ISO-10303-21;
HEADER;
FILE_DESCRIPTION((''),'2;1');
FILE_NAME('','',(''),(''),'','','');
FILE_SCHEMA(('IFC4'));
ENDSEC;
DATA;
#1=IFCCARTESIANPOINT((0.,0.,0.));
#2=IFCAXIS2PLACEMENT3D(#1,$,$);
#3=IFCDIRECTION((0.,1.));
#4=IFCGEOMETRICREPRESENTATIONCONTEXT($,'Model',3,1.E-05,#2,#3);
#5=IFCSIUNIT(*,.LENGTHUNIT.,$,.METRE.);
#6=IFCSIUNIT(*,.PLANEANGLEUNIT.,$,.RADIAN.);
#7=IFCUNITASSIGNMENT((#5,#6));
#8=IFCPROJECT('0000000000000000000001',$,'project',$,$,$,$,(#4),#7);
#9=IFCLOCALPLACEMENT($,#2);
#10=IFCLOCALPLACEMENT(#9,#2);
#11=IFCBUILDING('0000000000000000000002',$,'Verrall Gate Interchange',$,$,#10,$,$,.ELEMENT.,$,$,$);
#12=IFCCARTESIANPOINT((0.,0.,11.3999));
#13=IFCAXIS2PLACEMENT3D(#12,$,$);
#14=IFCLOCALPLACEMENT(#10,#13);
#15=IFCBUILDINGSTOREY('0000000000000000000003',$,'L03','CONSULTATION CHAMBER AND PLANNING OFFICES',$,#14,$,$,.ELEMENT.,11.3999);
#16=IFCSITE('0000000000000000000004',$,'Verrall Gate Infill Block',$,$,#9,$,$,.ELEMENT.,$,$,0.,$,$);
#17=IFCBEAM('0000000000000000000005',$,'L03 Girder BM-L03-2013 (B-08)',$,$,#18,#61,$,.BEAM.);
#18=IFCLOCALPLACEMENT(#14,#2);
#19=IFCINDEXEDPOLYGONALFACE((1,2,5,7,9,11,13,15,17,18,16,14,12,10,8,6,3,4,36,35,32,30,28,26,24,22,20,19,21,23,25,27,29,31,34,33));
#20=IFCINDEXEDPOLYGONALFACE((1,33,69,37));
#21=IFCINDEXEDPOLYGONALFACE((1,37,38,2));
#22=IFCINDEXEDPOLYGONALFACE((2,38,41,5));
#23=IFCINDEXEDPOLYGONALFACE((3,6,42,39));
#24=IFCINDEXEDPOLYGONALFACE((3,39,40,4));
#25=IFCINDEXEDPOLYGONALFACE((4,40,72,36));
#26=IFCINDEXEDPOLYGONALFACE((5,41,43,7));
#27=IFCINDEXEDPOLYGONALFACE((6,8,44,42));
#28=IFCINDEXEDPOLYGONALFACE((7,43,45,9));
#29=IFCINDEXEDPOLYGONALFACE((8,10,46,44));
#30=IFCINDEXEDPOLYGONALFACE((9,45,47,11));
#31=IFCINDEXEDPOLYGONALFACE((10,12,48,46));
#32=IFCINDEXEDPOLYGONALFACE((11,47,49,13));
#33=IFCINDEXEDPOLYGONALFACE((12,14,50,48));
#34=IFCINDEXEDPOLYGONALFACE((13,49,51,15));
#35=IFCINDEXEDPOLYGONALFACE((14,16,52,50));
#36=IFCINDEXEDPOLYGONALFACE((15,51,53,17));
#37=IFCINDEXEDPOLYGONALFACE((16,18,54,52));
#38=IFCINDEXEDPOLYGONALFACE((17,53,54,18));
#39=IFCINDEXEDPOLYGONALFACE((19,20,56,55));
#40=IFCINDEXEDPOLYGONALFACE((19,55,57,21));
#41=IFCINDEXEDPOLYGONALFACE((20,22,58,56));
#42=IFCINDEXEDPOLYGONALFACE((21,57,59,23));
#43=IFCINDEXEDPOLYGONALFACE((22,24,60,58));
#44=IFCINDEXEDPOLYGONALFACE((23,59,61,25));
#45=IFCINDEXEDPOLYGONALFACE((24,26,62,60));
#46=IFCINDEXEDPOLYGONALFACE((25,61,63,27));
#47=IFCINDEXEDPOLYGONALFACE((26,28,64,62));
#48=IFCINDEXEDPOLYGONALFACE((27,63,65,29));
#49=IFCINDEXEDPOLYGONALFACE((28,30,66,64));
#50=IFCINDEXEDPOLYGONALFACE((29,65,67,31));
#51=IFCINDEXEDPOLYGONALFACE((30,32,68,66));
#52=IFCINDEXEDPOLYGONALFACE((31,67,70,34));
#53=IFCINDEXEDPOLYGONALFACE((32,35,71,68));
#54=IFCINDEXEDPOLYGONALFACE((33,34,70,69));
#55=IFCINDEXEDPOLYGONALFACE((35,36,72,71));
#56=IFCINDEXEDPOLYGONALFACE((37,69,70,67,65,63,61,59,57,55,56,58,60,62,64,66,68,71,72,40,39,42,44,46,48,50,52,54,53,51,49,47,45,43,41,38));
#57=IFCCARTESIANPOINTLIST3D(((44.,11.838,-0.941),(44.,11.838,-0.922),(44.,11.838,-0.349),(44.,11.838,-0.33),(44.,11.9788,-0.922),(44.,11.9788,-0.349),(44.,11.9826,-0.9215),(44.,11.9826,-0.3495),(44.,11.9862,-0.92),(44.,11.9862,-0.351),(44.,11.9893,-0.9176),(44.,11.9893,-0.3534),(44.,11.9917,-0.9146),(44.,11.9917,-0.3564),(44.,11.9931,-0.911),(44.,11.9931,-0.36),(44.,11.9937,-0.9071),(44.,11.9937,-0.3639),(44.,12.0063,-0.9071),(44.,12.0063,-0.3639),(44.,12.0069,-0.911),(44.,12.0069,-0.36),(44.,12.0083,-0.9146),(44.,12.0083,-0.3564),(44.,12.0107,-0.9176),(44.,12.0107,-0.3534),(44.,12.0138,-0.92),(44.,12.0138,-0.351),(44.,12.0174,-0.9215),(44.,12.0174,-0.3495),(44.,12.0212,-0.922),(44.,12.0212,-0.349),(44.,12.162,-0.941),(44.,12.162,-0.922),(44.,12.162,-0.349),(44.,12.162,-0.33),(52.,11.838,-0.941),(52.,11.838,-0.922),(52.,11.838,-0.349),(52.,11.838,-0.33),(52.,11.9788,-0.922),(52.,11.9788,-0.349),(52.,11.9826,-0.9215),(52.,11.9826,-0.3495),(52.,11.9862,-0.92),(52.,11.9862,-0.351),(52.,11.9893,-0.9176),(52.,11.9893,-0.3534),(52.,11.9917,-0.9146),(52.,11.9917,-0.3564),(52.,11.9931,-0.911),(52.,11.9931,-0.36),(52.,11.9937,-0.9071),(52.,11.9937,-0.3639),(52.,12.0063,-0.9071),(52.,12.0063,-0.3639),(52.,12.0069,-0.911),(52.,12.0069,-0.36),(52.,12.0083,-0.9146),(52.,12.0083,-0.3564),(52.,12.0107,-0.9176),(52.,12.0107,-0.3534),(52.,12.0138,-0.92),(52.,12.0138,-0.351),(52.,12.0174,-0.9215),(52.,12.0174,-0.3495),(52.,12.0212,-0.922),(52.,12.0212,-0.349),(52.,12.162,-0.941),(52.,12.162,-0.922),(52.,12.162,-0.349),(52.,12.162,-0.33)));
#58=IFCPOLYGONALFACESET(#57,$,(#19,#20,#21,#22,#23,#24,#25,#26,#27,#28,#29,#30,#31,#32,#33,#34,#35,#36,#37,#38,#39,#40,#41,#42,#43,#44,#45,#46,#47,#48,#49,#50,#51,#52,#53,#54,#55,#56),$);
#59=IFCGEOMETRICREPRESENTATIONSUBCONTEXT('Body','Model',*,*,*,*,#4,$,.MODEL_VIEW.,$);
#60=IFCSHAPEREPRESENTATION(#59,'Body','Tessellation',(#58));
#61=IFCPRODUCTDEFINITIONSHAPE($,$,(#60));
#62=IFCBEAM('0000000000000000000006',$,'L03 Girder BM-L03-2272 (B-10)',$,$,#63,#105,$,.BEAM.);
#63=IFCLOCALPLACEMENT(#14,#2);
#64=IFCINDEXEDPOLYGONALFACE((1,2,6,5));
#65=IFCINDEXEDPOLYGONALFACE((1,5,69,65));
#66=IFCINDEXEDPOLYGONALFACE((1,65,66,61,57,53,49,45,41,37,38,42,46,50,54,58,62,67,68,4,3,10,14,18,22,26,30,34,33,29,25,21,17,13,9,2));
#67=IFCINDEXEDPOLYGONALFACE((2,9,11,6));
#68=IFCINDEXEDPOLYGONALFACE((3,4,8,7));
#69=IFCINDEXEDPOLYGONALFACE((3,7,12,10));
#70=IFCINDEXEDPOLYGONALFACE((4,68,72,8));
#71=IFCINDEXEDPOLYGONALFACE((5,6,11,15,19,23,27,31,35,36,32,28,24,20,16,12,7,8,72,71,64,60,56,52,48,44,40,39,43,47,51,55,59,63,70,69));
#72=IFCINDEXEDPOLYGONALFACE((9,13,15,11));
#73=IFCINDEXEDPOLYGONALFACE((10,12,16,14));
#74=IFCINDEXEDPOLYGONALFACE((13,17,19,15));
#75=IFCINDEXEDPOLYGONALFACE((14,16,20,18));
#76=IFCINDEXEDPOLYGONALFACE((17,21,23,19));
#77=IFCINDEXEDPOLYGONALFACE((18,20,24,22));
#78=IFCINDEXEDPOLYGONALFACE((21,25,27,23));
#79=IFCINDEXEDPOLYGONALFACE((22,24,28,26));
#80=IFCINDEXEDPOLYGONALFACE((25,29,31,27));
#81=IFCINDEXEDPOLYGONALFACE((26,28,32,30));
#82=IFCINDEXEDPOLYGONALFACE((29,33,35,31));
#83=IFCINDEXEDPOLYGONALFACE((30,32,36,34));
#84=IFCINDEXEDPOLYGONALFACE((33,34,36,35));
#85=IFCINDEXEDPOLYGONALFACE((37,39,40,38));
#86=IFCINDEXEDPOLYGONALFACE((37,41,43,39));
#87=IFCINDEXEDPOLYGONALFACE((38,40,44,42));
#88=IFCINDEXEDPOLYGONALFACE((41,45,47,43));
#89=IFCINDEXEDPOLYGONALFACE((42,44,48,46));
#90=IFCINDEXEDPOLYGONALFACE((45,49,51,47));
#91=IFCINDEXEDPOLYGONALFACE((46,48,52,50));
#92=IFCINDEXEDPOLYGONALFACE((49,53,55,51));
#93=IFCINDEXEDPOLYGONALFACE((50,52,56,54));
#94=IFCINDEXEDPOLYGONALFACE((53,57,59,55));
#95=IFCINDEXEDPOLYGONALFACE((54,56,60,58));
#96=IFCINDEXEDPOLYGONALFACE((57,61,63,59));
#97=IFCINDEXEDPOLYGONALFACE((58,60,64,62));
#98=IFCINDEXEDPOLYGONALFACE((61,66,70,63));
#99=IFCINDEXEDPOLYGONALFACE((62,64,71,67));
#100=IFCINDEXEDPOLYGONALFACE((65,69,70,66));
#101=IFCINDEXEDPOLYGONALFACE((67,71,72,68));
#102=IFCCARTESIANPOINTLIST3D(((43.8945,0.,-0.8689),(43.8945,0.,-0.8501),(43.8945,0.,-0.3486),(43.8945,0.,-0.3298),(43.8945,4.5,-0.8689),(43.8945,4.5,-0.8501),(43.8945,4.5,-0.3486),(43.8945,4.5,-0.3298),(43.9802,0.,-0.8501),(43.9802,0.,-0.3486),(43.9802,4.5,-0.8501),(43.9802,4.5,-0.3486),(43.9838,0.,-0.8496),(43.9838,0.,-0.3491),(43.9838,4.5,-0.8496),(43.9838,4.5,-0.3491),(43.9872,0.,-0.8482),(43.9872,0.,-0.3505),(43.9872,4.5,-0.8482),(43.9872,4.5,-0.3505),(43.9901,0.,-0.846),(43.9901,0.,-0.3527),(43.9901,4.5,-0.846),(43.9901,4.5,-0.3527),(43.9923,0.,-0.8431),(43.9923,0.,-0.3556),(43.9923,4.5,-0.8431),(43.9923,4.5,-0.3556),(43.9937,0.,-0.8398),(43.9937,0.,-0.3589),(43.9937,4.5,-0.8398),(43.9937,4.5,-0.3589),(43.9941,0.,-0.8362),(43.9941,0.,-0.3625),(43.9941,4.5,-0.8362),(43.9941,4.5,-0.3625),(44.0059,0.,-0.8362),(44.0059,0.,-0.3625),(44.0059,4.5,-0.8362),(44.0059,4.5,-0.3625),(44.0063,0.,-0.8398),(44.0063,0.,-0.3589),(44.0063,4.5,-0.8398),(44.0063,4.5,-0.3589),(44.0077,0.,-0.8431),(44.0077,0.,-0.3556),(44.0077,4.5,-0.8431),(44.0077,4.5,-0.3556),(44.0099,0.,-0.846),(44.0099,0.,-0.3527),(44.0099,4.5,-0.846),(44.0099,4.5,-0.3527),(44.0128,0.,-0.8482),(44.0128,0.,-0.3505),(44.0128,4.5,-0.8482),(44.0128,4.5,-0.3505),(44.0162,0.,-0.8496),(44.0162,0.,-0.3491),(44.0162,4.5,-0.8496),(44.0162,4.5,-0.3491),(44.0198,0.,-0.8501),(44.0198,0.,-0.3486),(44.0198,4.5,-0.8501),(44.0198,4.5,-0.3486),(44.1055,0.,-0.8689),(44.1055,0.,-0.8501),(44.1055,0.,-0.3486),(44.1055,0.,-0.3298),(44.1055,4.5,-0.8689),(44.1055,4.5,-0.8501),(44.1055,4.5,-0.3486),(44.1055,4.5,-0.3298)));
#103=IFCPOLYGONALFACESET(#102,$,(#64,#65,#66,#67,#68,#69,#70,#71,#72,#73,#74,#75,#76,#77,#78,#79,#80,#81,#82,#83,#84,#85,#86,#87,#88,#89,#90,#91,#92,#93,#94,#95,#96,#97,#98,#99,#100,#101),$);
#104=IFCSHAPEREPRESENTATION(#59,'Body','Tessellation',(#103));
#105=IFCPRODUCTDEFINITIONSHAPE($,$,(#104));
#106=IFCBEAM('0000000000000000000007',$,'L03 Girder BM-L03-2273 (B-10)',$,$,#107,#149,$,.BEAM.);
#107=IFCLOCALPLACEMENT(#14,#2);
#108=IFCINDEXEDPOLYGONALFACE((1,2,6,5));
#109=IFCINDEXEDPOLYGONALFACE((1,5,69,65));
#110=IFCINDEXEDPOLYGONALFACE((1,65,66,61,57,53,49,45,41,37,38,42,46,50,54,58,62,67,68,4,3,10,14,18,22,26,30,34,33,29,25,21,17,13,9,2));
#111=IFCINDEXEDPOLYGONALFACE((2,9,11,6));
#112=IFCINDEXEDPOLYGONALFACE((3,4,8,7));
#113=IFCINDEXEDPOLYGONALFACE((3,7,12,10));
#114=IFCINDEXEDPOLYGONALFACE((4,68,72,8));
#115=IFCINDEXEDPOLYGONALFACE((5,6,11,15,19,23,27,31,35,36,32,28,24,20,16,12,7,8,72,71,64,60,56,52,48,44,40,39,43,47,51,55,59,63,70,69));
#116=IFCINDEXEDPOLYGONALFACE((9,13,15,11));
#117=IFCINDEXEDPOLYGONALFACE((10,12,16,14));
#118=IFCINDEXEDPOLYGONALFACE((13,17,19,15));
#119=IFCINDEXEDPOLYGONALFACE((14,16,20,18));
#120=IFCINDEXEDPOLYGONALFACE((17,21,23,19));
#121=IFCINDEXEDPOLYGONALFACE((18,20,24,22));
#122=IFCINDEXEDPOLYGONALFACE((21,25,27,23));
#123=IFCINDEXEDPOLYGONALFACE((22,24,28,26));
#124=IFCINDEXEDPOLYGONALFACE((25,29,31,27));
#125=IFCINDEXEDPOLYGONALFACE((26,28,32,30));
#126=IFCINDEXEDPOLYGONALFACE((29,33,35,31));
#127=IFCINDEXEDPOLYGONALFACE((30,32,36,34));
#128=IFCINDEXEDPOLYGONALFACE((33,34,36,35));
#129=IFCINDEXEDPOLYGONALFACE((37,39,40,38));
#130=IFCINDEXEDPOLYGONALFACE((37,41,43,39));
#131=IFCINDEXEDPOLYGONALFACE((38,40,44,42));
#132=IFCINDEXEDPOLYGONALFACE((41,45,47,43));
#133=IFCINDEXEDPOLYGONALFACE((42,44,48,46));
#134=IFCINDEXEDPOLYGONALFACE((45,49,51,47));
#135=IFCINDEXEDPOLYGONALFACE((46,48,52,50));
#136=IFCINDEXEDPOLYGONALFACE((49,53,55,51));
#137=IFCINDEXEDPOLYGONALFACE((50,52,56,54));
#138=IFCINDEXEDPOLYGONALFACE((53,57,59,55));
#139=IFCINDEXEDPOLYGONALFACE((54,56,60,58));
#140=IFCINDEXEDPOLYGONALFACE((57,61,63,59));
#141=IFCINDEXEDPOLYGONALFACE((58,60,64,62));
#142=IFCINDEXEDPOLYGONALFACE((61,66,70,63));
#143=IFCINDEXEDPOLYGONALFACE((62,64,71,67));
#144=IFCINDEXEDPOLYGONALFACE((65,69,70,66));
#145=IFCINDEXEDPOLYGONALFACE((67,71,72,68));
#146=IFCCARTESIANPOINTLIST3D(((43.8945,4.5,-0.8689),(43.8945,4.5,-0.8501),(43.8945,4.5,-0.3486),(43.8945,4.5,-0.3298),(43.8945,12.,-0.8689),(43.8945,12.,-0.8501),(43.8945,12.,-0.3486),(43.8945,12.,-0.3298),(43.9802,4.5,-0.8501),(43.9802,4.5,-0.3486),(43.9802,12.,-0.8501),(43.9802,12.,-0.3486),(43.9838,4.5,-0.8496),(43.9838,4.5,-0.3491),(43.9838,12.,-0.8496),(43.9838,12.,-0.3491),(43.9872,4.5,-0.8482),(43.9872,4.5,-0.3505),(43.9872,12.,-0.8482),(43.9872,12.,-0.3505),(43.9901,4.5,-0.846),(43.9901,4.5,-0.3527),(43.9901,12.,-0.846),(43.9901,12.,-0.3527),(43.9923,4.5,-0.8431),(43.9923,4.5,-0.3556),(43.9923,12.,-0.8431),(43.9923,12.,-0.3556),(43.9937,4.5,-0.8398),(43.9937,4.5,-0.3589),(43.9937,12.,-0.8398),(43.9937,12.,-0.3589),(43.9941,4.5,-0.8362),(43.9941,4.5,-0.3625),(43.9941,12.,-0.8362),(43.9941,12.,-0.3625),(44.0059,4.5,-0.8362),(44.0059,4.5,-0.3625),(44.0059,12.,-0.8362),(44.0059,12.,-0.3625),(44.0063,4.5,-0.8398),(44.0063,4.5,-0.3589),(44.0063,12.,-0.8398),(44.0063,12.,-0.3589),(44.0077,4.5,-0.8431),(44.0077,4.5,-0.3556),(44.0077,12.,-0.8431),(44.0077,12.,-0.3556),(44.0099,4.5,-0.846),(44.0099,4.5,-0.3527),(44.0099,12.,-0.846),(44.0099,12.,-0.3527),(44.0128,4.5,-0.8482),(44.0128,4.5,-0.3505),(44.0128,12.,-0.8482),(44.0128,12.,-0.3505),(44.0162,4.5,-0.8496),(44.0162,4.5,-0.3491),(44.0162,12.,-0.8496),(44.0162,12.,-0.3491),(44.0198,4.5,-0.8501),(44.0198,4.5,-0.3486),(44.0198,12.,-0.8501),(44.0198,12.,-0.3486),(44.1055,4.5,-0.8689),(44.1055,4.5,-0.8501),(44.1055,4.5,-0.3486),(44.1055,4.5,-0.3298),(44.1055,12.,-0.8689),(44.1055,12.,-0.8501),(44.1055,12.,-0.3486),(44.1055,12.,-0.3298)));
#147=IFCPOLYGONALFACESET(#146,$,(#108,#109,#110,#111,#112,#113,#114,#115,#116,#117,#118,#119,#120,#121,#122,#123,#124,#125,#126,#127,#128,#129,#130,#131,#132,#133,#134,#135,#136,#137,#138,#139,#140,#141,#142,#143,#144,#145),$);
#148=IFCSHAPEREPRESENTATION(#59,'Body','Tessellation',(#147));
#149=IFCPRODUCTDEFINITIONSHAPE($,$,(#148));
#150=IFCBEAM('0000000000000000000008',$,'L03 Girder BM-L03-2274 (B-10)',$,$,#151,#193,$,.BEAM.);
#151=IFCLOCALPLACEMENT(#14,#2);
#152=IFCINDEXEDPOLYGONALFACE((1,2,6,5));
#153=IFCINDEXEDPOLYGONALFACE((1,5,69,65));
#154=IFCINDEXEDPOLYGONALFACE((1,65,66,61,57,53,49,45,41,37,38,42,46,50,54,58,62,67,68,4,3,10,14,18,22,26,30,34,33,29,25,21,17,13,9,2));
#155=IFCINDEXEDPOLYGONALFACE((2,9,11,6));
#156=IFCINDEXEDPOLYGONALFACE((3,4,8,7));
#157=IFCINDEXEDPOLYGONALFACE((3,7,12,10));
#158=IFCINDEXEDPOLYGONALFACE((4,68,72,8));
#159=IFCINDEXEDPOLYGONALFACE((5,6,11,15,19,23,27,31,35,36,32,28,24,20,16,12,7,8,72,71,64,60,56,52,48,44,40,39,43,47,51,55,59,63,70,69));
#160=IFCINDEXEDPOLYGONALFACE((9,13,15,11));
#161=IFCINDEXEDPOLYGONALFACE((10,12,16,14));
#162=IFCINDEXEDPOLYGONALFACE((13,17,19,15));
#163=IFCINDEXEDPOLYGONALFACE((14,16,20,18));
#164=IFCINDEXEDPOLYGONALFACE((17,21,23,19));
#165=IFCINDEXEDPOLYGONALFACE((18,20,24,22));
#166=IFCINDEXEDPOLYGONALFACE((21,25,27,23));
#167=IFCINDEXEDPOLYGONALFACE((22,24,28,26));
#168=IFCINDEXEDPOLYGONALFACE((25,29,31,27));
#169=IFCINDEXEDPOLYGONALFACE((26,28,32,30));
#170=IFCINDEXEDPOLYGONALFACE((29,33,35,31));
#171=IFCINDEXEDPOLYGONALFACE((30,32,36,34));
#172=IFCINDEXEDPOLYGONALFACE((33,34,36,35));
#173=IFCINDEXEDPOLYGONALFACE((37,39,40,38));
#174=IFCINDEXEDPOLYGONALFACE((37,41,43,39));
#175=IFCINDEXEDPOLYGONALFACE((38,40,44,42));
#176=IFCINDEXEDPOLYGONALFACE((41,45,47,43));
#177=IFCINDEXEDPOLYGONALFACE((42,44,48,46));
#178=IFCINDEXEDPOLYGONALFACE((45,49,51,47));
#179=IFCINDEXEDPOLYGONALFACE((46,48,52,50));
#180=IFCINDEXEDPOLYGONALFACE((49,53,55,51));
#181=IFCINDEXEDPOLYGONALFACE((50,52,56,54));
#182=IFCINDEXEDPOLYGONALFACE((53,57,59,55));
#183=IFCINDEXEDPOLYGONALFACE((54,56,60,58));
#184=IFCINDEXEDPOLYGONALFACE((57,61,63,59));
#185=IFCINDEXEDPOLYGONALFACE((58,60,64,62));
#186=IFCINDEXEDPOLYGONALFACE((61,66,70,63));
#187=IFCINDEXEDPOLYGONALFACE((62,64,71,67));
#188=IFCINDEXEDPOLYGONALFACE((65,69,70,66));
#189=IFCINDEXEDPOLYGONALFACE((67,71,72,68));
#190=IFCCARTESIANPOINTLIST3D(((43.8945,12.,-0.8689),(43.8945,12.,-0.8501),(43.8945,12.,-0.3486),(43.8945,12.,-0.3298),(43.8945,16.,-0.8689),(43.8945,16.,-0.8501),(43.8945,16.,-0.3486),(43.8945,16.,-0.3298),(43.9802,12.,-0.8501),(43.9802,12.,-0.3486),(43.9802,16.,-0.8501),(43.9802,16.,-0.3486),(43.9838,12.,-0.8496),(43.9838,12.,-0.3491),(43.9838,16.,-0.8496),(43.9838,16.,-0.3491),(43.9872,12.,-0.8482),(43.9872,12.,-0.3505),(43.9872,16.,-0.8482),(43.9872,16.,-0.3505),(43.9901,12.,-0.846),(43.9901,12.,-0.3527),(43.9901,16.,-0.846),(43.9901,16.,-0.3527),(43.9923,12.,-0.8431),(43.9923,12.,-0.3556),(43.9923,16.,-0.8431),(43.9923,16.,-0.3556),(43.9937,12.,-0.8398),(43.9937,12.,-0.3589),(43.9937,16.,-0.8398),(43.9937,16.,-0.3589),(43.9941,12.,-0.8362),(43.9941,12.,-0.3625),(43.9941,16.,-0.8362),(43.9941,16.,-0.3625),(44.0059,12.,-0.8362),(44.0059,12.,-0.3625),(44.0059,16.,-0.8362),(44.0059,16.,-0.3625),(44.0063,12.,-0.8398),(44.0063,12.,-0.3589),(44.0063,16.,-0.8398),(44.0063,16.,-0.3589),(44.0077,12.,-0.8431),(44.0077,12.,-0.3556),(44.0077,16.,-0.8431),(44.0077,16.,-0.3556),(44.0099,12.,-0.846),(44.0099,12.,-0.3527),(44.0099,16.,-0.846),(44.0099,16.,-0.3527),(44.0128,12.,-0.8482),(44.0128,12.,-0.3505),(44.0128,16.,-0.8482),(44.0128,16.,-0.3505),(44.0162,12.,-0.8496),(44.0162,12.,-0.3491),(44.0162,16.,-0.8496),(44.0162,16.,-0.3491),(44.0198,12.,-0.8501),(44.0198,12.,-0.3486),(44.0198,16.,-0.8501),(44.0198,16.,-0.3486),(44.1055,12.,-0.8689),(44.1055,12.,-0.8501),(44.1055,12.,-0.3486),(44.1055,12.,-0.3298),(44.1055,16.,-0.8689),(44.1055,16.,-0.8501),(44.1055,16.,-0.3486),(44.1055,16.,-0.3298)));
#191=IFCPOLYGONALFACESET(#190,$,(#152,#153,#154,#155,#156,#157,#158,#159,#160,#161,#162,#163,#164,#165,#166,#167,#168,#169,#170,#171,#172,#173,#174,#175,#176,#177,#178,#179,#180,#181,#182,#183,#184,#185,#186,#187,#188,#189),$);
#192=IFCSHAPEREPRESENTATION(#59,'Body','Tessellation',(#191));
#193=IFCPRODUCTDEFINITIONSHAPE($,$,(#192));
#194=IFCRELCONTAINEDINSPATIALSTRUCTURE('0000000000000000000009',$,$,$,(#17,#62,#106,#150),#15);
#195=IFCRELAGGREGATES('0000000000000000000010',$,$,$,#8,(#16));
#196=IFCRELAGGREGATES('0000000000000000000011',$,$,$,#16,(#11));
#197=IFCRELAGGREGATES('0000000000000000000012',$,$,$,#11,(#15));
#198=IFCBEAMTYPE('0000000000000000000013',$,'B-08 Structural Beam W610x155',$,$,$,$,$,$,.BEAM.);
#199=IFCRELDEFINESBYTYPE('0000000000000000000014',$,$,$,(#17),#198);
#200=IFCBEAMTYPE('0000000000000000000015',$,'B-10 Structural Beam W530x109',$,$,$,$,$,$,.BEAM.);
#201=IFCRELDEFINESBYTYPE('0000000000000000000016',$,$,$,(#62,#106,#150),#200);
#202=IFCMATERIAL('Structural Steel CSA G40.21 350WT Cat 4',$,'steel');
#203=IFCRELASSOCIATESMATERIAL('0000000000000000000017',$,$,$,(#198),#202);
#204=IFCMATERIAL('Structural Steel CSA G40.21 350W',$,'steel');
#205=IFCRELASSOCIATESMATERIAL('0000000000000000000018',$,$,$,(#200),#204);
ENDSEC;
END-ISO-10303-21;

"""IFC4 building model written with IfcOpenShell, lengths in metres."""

from ifc_helpers import new_model, si_unit, direction, frame, origin, origin_2d, place, context, subcontext, project, spatial, i_section, extrude, material, material_profile, profile_set, type_object, element, save


model = new_model("IFC4")

# Units and contexts
model_context = context("Model", 3, precision=1e-05, world=origin(), true_north=direction((0.0, 1.0)))
body_context = subcontext(model_context, "Body", "Model", "MODEL_VIEW")
ifc_project = project(units=[si_unit("LENGTHUNIT", "METRE"), si_unit("PLANEANGLEUNIT", "RADIAN")], contexts=[model_context])

# Site, building, storey
site_placement = place(None, origin())
site = spatial("IfcSite", under=ifc_project, at=site_placement, Name="Verrall Gate Infill Block", CompositionType="ELEMENT", RefElevation=0.0)
building_placement = place(site_placement, origin())
building = spatial("IfcBuilding", under=site, at=building_placement, Name="Verrall Gate Interchange", CompositionType="ELEMENT")
storey_placement = place(building_placement, frame((0.0, 0.0, 11.3999)))
storey = spatial("IfcBuildingStorey", under=building, at=storey_placement, Name="L03", Description="CONSULTATION CHAMBER AND PLANNING OFFICES", CompositionType="ELEMENT", Elevation=11.3999)

# Beams
ifc_material_1 = material(Name="Structural Steel CSA G40.21 350WT Cat 4", Category="steel")
ifc_material_profile_1 = material_profile(ifc_material_1, i_section(OverallWidth=0.324, OverallDepth=0.6111, WebThickness=0.0127, FlangeThickness=0.019, FilletRadius=0.0149, at=origin_2d()), Name="W610x155")
ifc_profile_set_1 = profile_set([ifc_material_profile_1], Name="Structural Steel CSA G40.21 350WT Cat 4")
beam_type_1 = type_object("IfcBeamType", Name="B-08 Structural Beam W610x155", PredefinedType="BEAM", material=ifc_profile_set_1)
for number, where, z_axis, x_axis, name in (
    (1, (44.0, 12.0, -0.6355), (1.0, 0.0, 0.0), (0.0, 1.0, 0.0), "L03 Girder BM-L03-2013 (B-08)"),
):
    element("IfcBeam", number, at=place(storey_placement, frame(where, z_axis=z_axis, x_axis=x_axis)), inside=storey, type_object=beam_type_1, Name=name, PredefinedType="BEAM", context=body_context, shape_type="SweptSolid", body=[
        extrude(i_section(OverallWidth=0.324, OverallDepth=0.6111, WebThickness=0.0127, FlangeThickness=0.019, FilletRadius=0.0149, at=origin_2d()), origin(), (0.0, 0.0, 1.0), 8.0),
    ])
ifc_material_2 = material(Name="Structural Steel CSA G40.21 350W", Category="steel")
ifc_material_profile_2 = material_profile(ifc_material_2, i_section(OverallWidth=0.2109, OverallDepth=0.5391, WebThickness=0.0117, FlangeThickness=0.0188, FilletRadius=0.0139, at=origin_2d()), Name="W530x109")
ifc_profile_set_2 = profile_set([ifc_material_profile_2], Name="Structural Steel CSA G40.21 350W")
beam_type_2 = type_object("IfcBeamType", Name="B-10 Structural Beam W530x109", PredefinedType="BEAM", material=ifc_profile_set_2)
beam_1_placement = place(storey_placement, frame((44.0, 0.0, -0.5994), z_axis=(0.0, 1.0, 0.0), x_axis=(-1.0, 0.0, 0.0)))
element("IfcBeam", 2, at=beam_1_placement, inside=storey, type_object=beam_type_2, Name="L03 Girder BM-L03-2272 (B-10)", PredefinedType="BEAM", context=body_context, shape_type="SweptSolid", body=[
    extrude(i_section(OverallWidth=0.2109, OverallDepth=0.5391, WebThickness=0.0117, FlangeThickness=0.0188, FilletRadius=0.0139, at=origin_2d()), origin(), (0.0, 0.0, 1.0), 4.5),
])
beam_2_placement = place(storey_placement, frame((44.0, 4.5, -0.5994), z_axis=(0.0, 1.0, 0.0), x_axis=(-1.0, 0.0, 0.0)))
element("IfcBeam", 3, at=beam_2_placement, inside=storey, type_object=beam_type_2, Name="L03 Girder BM-L03-2273 (B-10)", PredefinedType="BEAM", context=body_context, shape_type="SweptSolid", body=[
    extrude(i_section(OverallWidth=0.2109, OverallDepth=0.5391, WebThickness=0.0117, FlangeThickness=0.0188, FilletRadius=0.0139, at=origin_2d()), origin(), (0.0, 0.0, 1.0), 7.5),
])
beam_3_placement = place(storey_placement, frame((44.0, 12.0, -0.5994), z_axis=(0.0, 1.0, 0.0), x_axis=(-1.0, 0.0, 0.0)))
element("IfcBeam", 4, at=beam_3_placement, inside=storey, type_object=beam_type_2, Name="L03 Girder BM-L03-2274 (B-10)", PredefinedType="BEAM", context=body_context, shape_type="SweptSolid", body=[
    extrude(i_section(OverallWidth=0.2109, OverallDepth=0.5391, WebThickness=0.0117, FlangeThickness=0.0188, FilletRadius=0.0139, at=origin_2d()), origin(), (0.0, 0.0, 1.0), 4.0),
])

save(model, "model.ifc")
